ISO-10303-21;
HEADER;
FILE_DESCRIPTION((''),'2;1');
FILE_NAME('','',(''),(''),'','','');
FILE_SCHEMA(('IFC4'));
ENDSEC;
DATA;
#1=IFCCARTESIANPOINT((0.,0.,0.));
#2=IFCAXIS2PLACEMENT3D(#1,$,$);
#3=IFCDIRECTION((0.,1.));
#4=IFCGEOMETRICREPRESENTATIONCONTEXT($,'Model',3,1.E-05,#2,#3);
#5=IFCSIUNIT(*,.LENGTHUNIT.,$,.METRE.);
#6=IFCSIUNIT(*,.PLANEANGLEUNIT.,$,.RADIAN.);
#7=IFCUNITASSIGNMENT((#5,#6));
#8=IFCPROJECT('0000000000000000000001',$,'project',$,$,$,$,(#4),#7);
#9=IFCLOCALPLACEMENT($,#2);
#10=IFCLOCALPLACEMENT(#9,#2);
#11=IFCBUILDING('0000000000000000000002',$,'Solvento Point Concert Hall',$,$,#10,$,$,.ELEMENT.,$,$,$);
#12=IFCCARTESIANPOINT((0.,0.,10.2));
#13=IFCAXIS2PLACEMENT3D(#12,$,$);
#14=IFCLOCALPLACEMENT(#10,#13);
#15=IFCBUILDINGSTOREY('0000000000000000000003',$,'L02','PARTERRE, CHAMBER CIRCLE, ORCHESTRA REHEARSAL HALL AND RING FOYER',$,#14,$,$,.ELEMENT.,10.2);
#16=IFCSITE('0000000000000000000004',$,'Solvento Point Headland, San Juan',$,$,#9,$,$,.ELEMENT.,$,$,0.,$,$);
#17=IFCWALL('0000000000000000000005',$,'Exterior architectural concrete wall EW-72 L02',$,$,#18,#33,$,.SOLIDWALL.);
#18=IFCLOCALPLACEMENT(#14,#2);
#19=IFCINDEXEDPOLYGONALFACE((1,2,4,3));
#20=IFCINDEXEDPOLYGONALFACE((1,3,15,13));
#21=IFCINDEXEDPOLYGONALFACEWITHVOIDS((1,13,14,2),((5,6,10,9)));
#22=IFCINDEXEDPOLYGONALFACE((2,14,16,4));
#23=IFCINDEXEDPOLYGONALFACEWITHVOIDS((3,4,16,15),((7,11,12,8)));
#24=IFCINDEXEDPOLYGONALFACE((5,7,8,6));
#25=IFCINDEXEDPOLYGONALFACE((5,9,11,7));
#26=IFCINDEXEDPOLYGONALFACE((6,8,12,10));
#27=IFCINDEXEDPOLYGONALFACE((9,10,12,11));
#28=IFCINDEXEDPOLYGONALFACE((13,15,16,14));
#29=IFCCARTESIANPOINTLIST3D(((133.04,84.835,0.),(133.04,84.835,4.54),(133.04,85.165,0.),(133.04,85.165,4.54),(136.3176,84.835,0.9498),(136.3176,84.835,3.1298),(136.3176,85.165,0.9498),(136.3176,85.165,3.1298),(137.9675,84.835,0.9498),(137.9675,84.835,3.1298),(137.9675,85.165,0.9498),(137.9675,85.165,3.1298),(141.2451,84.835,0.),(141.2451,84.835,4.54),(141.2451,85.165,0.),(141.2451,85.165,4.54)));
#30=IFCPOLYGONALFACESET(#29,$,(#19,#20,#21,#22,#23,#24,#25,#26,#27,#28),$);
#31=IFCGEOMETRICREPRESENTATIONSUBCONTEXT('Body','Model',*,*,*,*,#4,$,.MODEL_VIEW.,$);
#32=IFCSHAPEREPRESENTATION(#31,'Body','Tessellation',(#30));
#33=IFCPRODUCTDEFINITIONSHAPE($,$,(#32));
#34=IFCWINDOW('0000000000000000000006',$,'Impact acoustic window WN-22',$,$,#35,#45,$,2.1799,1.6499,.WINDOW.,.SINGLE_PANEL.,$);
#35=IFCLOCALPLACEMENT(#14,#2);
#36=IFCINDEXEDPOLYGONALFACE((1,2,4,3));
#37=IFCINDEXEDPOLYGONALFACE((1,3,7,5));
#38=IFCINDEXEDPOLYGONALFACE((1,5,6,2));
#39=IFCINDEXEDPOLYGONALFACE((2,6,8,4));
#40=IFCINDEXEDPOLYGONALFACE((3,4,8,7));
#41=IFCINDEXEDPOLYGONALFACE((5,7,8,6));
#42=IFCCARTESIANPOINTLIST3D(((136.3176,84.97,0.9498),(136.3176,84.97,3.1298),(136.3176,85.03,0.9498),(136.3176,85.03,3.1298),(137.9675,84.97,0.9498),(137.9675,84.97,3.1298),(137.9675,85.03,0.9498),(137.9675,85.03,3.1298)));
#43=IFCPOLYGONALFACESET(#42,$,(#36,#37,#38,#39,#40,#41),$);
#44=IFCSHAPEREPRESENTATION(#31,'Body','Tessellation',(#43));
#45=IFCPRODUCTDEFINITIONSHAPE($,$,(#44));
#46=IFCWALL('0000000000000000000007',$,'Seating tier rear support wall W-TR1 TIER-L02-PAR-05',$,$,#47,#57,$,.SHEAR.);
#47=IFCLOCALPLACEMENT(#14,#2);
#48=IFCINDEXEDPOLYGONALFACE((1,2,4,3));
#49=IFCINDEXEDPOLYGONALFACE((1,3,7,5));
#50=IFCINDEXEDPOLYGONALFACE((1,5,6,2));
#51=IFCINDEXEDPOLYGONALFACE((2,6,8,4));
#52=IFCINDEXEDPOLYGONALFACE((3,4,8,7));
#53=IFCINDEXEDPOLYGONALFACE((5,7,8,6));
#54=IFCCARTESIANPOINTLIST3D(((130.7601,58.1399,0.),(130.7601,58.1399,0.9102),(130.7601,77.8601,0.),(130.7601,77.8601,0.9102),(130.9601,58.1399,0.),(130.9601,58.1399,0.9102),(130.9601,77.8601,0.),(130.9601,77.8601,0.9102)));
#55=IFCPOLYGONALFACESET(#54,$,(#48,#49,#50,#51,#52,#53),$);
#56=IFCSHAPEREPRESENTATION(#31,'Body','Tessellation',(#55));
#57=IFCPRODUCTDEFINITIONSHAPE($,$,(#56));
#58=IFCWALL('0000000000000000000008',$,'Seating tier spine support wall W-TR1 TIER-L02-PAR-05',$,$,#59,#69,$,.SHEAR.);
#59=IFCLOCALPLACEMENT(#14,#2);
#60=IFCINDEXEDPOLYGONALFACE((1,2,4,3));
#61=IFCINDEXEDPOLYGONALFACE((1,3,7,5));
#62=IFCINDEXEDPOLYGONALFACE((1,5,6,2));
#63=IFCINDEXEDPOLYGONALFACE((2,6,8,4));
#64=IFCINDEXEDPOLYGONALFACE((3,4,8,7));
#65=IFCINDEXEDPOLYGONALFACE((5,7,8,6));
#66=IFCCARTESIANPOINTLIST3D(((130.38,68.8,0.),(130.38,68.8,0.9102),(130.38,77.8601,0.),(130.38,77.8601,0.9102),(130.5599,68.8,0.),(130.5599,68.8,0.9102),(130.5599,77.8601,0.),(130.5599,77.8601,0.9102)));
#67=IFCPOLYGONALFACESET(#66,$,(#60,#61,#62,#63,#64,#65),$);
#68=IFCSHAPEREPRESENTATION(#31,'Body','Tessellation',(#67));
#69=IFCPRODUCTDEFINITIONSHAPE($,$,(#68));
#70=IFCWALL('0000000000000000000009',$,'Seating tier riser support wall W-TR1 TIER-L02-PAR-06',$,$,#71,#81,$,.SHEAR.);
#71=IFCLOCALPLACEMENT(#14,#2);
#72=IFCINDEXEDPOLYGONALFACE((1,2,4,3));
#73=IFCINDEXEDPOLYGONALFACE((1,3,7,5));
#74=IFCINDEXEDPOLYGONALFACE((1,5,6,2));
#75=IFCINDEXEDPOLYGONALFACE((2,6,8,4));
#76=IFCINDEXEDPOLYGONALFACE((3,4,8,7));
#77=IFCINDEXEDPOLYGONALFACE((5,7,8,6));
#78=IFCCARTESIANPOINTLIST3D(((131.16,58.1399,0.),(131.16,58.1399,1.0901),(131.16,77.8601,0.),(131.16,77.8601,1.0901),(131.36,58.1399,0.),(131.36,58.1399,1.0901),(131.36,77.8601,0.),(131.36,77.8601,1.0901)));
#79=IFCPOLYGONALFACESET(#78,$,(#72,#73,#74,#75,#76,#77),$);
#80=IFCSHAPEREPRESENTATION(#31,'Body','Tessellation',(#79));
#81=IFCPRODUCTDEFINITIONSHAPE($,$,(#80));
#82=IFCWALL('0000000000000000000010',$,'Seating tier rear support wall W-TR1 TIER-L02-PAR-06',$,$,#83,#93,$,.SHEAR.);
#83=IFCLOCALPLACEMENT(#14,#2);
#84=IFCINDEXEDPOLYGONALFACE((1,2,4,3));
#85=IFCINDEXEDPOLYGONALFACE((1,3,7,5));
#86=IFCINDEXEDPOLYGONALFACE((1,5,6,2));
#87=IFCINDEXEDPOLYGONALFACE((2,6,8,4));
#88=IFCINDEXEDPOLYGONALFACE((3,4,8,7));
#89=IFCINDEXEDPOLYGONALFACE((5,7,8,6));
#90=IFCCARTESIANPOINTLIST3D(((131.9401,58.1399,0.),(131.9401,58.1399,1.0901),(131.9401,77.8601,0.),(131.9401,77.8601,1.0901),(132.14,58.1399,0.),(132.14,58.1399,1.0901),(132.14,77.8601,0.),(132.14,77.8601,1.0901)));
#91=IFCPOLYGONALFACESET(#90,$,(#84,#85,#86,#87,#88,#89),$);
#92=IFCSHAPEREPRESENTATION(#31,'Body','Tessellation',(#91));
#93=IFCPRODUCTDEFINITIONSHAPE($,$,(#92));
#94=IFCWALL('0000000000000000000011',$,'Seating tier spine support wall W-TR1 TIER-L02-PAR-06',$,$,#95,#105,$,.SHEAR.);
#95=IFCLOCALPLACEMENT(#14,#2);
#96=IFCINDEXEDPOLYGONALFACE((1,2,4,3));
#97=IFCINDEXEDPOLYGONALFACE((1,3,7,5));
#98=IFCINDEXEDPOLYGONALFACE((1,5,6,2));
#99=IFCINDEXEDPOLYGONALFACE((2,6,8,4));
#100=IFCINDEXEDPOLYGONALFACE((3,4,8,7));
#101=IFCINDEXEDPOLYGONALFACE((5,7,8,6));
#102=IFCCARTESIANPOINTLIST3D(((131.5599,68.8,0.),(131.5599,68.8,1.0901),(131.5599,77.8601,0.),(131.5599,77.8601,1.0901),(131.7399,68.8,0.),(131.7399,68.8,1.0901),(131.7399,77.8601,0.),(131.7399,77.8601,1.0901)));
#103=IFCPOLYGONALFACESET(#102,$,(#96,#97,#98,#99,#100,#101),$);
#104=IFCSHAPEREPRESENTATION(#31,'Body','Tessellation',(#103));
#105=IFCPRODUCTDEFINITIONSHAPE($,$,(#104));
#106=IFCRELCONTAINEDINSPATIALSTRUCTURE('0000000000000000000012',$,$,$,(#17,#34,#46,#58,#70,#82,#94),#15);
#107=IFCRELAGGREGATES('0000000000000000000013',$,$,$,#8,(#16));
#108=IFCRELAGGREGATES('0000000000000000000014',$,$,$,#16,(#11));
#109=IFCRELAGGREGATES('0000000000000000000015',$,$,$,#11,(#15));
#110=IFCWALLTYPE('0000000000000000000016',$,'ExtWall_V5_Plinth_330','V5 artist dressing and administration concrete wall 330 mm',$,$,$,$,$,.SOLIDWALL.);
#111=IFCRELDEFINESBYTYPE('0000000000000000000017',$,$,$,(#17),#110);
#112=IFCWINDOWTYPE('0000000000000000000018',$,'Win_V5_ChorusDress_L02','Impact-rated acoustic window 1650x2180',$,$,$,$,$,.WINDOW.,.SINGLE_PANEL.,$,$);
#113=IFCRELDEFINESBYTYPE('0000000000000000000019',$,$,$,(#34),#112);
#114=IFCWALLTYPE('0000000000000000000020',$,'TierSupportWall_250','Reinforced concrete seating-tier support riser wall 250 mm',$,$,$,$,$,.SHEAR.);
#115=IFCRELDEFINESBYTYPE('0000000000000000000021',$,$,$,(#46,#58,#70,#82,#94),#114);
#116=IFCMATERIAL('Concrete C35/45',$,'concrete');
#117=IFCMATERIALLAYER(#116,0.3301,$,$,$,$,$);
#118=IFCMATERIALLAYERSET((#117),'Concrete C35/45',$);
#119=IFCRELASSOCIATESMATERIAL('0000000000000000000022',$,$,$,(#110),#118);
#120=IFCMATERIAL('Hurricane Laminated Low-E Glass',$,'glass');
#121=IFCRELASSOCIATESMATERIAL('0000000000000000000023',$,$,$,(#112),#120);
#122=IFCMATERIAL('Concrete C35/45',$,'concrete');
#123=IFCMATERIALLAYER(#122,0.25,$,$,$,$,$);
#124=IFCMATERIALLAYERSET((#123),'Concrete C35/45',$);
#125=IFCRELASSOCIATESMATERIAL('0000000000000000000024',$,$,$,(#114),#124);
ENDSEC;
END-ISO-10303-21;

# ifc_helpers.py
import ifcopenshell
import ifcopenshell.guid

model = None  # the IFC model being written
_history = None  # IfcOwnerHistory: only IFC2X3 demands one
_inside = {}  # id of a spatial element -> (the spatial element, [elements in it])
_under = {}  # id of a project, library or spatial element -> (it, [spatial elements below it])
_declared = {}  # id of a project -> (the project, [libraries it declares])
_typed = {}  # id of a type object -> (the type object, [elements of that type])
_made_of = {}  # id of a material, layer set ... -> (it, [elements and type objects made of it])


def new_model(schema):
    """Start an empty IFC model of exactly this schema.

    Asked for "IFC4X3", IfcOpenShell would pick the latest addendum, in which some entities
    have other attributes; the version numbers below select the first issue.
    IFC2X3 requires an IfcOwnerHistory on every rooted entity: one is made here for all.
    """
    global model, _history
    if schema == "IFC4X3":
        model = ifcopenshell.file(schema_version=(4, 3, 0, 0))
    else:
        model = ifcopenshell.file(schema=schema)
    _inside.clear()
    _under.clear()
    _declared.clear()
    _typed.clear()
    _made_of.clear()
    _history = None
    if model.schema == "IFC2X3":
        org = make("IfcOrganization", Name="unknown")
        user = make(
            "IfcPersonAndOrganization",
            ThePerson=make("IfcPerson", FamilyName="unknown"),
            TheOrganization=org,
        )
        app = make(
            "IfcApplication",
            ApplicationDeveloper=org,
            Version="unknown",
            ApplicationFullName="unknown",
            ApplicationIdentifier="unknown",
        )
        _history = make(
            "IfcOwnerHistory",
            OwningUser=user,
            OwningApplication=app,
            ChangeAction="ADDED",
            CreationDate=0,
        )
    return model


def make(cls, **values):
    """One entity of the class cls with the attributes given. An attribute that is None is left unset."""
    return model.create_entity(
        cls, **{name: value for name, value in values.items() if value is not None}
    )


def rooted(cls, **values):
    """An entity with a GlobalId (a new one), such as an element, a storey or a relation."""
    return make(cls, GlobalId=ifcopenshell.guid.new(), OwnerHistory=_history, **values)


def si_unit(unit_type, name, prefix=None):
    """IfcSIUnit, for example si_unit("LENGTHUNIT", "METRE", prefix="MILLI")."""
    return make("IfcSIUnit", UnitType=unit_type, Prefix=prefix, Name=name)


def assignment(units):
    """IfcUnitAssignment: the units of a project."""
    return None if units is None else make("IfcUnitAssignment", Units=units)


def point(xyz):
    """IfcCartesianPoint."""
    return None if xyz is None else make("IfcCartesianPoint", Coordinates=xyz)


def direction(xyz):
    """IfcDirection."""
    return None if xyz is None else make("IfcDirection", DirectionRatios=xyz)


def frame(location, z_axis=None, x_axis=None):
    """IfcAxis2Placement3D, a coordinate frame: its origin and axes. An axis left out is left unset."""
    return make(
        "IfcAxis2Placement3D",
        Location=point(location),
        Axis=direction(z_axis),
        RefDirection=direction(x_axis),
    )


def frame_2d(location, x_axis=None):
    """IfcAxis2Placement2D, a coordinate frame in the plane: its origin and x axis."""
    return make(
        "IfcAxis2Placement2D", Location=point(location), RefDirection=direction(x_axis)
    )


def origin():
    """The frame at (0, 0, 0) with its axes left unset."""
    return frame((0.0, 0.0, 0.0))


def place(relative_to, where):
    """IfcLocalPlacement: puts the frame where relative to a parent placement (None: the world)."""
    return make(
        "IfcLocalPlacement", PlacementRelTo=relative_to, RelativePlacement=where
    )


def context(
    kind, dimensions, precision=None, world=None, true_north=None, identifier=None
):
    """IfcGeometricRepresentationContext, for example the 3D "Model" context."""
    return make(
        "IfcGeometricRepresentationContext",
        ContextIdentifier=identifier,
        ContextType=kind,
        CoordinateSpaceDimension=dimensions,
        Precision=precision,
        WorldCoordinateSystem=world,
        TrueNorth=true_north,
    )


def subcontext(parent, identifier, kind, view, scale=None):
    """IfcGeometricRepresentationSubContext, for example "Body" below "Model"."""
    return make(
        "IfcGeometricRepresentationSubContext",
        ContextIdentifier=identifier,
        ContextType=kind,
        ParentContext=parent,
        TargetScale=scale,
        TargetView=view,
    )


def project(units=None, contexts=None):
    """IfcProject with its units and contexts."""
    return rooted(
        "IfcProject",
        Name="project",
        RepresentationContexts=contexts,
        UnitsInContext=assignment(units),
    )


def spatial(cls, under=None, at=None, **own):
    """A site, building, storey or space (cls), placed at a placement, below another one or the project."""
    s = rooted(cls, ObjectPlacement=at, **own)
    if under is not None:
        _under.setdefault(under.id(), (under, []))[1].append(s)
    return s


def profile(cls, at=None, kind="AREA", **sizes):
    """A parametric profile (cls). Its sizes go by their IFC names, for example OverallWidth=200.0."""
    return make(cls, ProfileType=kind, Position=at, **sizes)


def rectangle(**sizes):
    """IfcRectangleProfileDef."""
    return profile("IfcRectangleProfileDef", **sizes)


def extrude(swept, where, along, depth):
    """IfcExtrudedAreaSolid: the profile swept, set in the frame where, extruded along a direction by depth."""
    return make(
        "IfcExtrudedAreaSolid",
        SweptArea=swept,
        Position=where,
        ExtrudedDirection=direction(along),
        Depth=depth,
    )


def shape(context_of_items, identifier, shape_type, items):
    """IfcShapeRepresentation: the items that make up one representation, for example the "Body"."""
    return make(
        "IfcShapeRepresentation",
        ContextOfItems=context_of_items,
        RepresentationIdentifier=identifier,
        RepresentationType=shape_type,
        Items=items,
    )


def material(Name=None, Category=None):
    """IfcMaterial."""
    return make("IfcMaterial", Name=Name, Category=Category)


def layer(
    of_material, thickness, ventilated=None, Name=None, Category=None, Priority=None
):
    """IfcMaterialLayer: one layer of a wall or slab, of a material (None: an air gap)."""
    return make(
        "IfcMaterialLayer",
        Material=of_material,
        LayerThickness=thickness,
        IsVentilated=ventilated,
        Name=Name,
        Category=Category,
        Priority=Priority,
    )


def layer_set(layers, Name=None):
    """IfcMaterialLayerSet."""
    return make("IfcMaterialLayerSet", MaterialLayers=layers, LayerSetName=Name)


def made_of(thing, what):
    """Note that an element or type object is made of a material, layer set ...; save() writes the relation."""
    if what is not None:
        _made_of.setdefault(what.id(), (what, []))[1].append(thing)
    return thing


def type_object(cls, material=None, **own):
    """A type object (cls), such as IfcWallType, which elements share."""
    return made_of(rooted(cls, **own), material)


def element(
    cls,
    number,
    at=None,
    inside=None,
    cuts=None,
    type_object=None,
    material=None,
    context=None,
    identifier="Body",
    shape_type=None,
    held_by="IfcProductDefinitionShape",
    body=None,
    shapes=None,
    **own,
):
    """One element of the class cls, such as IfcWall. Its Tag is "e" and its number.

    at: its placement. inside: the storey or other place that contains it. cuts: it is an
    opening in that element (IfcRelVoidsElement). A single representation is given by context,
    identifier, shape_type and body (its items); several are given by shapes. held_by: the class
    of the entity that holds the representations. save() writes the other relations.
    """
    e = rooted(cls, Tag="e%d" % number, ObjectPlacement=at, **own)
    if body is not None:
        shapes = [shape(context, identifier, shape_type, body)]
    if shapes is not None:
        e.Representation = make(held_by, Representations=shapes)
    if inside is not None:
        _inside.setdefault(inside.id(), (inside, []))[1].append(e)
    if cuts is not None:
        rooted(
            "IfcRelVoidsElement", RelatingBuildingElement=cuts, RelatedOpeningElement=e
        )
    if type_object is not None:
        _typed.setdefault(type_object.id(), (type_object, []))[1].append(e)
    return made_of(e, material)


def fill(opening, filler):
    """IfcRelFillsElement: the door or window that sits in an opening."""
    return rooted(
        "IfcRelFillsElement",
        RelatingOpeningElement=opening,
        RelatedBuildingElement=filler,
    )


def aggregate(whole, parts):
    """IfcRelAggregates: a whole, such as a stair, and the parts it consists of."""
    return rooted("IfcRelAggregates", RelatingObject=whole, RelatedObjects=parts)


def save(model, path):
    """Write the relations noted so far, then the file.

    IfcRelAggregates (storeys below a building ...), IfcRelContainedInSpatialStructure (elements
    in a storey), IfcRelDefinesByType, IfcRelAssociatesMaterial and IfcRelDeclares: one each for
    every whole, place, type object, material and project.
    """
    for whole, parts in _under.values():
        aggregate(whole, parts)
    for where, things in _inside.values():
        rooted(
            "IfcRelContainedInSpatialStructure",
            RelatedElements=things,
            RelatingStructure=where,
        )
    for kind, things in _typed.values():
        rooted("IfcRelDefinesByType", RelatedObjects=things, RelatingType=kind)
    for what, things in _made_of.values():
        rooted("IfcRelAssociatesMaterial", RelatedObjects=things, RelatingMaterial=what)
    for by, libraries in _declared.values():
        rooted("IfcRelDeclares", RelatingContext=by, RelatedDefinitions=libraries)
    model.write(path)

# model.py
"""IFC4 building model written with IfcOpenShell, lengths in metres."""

from ifc_helpers import new_model, si_unit, direction, frame, frame_2d, origin, place, context, subcontext, project, spatial, rectangle, extrude, material, layer, layer_set, type_object, element, fill, save


model = new_model("IFC4")

# Units and contexts
model_context = context("Model", 3, precision=1e-05, world=origin(), true_north=direction((0.0, 1.0)))
body_context = subcontext(model_context, "Body", "Model", "MODEL_VIEW")
ifc_project = project(units=[si_unit("LENGTHUNIT", "METRE"), si_unit("PLANEANGLEUNIT", "RADIAN")], contexts=[model_context])

# Site, building, storey
site_placement = place(None, origin())
site = spatial("IfcSite", under=ifc_project, at=site_placement, Name="Solvento Point Headland, San Juan", CompositionType="ELEMENT", RefElevation=0.0)
building_placement = place(site_placement, origin())
building = spatial("IfcBuilding", under=site, at=building_placement, Name="Solvento Point Concert Hall", CompositionType="ELEMENT")
storey_placement = place(building_placement, frame((0.0, 0.0, 10.2)))
storey = spatial("IfcBuildingStorey", under=building, at=storey_placement, Name="L02", Description="PARTERRE, CHAMBER CIRCLE, ORCHESTRA REHEARSAL HALL AND RING FOYER", CompositionType="ELEMENT", Elevation=10.2)

# Wall, opening, window
ifc_material_1 = material(Name="Concrete C35/45", Category="concrete")
ifc_layer_1 = layer(ifc_material_1, 0.3301)
ifc_layer_set_1 = layer_set([ifc_layer_1], Name="Concrete C35/45")
wall_type_1 = type_object("IfcWallType", Name="ExtWall_V5_Plinth_330", Description="V5 artist dressing and administration concrete wall 330 mm", PredefinedType="SOLIDWALL", material=ifc_layer_set_1)
wall_1_placement = place(storey_placement, frame((141.2451, 85.0, 0.0), z_axis=(0.0, 0.0, 1.0), x_axis=(-1.0, 0.0, 0.0)))
wall_1 = element("IfcWall", 1, at=wall_1_placement, inside=storey, type_object=wall_type_1, Name="Exterior architectural concrete wall EW-72 L02", PredefinedType="SOLIDWALL", context=body_context, shape_type="SweptSolid", body=[
    extrude(rectangle(XDim=8.2051, YDim=0.3301, at=frame_2d((4.1025, 0.0))), origin(), (0.0, 0.0, 1.0), 4.54),
])
opening_1_placement = place(wall_1_placement, frame((3.2776, 0.0, 0.95)))
opening_1 = element("IfcOpeningElement", 2, at=opening_1_placement, cuts=wall_1, PredefinedType="OPENING", context=body_context, shape_type="SweptSolid", body=[
    extrude(rectangle(XDim=1.6499, YDim=2.1799, at=frame_2d((0.825, 1.0898))), frame((0.0, 0.175, 0.0), z_axis=(0.0, -1.0, 0.0), x_axis=(1.0, 0.0, 0.0)), (0.0, 0.0, 1.0), 0.3501),
])
ifc_material_2 = material(Name="Hurricane Laminated Low-E Glass", Category="glass")
window_type_1 = type_object("IfcWindowType", Name="Win_V5_ChorusDress_L02", Description="Impact-rated acoustic window 1650x2180", PartitioningType="SINGLE_PANEL", PredefinedType="WINDOW", material=ifc_material_2)
window_1_placement = place(opening_1_placement, origin())
window_1 = element("IfcWindow", 3, at=window_1_placement, inside=storey, type_object=window_type_1, Name="Impact acoustic window WN-22", OverallHeight=2.1799, OverallWidth=1.6499, PartitioningType="SINGLE_PANEL", PredefinedType="WINDOW", context=body_context, shape_type="SweptSolid", body=[
    extrude(rectangle(XDim=1.6499, YDim=2.1799, at=frame_2d((0.825, 1.0898))), frame((0.0, 0.03, 0.0), z_axis=(0.0, -1.0, 0.0), x_axis=(1.0, 0.0, 0.0)), (0.0, 0.0, 1.0), 0.0601),
])
fill(opening_1, window_1)

# Walls
ifc_material_3 = material(Name="Concrete C35/45", Category="concrete")
ifc_layer_2 = layer(ifc_material_3, 0.25)
ifc_layer_set_2 = layer_set([ifc_layer_2], Name="Concrete C35/45")
wall_type_2 = type_object("IfcWallType", Name="TierSupportWall_250", Description="Reinforced concrete seating-tier support riser wall 250 mm", PredefinedType="SHEAR", material=ifc_layer_set_2)
wall_2_placement = place(storey_placement, frame((130.8601, 58.1399, 0.0), z_axis=(0.0, 0.0, 1.0), x_axis=(0.0, 1.0, 0.0)))
element("IfcWall", 4, at=wall_2_placement, inside=storey, type_object=wall_type_2, Name="Seating tier rear support wall W-TR1 TIER-L02-PAR-05", PredefinedType="SHEAR", context=body_context, shape_type="SweptSolid", body=[
    extrude(rectangle(XDim=19.7202, YDim=0.2, at=frame_2d((9.8601, 0.0))), origin(), (0.0, 0.0, 1.0), 0.9102),
])
wall_3_placement = place(storey_placement, frame((130.47, 68.8, 0.0), z_axis=(0.0, 0.0, 1.0), x_axis=(0.0, 1.0, 0.0)))
element("IfcWall", 5, at=wall_3_placement, inside=storey, type_object=wall_type_2, Name="Seating tier spine support wall W-TR1 TIER-L02-PAR-05", PredefinedType="SHEAR", context=body_context, shape_type="SweptSolid", body=[
    extrude(rectangle(XDim=9.0601, YDim=0.1799, at=frame_2d((4.53, 0.0))), origin(), (0.0, 0.0, 1.0), 0.9102),
])
for number, where, z_axis, x_axis, name in (
    (6, (131.26, 58.1399, 0.0), (0.0, 0.0, 1.0), (0.0, 1.0, 0.0), "Seating tier riser support wall W-TR1 TIER-L02-PAR-06"),
    (7, (132.04, 58.1399, 0.0), (0.0, 0.0, 1.0), (0.0, 1.0, 0.0), "Seating tier rear support wall W-TR1 TIER-L02-PAR-06"),
):
    element("IfcWall", number, at=place(storey_placement, frame(where, z_axis=z_axis, x_axis=x_axis)), inside=storey, type_object=wall_type_2, Name=name, PredefinedType="SHEAR", context=body_context, shape_type="SweptSolid", body=[
        extrude(rectangle(XDim=19.7202, YDim=0.2, at=frame_2d((9.8601, 0.0))), origin(), (0.0, 0.0, 1.0), 1.0901),
    ])
wall_4_placement = place(storey_placement, frame((131.6499, 68.8, 0.0), z_axis=(0.0, 0.0, 1.0), x_axis=(0.0, 1.0, 0.0)))
element("IfcWall", 8, at=wall_4_placement, inside=storey, type_object=wall_type_2, Name="Seating tier spine support wall W-TR1 TIER-L02-PAR-06", PredefinedType="SHEAR", context=body_context, shape_type="SweptSolid", body=[
    extrude(rectangle(XDim=9.0601, YDim=0.1799, at=frame_2d((4.53, 0.0))), origin(), (0.0, 0.0, 1.0), 1.0901),
])

save(model, "model.ifc")
